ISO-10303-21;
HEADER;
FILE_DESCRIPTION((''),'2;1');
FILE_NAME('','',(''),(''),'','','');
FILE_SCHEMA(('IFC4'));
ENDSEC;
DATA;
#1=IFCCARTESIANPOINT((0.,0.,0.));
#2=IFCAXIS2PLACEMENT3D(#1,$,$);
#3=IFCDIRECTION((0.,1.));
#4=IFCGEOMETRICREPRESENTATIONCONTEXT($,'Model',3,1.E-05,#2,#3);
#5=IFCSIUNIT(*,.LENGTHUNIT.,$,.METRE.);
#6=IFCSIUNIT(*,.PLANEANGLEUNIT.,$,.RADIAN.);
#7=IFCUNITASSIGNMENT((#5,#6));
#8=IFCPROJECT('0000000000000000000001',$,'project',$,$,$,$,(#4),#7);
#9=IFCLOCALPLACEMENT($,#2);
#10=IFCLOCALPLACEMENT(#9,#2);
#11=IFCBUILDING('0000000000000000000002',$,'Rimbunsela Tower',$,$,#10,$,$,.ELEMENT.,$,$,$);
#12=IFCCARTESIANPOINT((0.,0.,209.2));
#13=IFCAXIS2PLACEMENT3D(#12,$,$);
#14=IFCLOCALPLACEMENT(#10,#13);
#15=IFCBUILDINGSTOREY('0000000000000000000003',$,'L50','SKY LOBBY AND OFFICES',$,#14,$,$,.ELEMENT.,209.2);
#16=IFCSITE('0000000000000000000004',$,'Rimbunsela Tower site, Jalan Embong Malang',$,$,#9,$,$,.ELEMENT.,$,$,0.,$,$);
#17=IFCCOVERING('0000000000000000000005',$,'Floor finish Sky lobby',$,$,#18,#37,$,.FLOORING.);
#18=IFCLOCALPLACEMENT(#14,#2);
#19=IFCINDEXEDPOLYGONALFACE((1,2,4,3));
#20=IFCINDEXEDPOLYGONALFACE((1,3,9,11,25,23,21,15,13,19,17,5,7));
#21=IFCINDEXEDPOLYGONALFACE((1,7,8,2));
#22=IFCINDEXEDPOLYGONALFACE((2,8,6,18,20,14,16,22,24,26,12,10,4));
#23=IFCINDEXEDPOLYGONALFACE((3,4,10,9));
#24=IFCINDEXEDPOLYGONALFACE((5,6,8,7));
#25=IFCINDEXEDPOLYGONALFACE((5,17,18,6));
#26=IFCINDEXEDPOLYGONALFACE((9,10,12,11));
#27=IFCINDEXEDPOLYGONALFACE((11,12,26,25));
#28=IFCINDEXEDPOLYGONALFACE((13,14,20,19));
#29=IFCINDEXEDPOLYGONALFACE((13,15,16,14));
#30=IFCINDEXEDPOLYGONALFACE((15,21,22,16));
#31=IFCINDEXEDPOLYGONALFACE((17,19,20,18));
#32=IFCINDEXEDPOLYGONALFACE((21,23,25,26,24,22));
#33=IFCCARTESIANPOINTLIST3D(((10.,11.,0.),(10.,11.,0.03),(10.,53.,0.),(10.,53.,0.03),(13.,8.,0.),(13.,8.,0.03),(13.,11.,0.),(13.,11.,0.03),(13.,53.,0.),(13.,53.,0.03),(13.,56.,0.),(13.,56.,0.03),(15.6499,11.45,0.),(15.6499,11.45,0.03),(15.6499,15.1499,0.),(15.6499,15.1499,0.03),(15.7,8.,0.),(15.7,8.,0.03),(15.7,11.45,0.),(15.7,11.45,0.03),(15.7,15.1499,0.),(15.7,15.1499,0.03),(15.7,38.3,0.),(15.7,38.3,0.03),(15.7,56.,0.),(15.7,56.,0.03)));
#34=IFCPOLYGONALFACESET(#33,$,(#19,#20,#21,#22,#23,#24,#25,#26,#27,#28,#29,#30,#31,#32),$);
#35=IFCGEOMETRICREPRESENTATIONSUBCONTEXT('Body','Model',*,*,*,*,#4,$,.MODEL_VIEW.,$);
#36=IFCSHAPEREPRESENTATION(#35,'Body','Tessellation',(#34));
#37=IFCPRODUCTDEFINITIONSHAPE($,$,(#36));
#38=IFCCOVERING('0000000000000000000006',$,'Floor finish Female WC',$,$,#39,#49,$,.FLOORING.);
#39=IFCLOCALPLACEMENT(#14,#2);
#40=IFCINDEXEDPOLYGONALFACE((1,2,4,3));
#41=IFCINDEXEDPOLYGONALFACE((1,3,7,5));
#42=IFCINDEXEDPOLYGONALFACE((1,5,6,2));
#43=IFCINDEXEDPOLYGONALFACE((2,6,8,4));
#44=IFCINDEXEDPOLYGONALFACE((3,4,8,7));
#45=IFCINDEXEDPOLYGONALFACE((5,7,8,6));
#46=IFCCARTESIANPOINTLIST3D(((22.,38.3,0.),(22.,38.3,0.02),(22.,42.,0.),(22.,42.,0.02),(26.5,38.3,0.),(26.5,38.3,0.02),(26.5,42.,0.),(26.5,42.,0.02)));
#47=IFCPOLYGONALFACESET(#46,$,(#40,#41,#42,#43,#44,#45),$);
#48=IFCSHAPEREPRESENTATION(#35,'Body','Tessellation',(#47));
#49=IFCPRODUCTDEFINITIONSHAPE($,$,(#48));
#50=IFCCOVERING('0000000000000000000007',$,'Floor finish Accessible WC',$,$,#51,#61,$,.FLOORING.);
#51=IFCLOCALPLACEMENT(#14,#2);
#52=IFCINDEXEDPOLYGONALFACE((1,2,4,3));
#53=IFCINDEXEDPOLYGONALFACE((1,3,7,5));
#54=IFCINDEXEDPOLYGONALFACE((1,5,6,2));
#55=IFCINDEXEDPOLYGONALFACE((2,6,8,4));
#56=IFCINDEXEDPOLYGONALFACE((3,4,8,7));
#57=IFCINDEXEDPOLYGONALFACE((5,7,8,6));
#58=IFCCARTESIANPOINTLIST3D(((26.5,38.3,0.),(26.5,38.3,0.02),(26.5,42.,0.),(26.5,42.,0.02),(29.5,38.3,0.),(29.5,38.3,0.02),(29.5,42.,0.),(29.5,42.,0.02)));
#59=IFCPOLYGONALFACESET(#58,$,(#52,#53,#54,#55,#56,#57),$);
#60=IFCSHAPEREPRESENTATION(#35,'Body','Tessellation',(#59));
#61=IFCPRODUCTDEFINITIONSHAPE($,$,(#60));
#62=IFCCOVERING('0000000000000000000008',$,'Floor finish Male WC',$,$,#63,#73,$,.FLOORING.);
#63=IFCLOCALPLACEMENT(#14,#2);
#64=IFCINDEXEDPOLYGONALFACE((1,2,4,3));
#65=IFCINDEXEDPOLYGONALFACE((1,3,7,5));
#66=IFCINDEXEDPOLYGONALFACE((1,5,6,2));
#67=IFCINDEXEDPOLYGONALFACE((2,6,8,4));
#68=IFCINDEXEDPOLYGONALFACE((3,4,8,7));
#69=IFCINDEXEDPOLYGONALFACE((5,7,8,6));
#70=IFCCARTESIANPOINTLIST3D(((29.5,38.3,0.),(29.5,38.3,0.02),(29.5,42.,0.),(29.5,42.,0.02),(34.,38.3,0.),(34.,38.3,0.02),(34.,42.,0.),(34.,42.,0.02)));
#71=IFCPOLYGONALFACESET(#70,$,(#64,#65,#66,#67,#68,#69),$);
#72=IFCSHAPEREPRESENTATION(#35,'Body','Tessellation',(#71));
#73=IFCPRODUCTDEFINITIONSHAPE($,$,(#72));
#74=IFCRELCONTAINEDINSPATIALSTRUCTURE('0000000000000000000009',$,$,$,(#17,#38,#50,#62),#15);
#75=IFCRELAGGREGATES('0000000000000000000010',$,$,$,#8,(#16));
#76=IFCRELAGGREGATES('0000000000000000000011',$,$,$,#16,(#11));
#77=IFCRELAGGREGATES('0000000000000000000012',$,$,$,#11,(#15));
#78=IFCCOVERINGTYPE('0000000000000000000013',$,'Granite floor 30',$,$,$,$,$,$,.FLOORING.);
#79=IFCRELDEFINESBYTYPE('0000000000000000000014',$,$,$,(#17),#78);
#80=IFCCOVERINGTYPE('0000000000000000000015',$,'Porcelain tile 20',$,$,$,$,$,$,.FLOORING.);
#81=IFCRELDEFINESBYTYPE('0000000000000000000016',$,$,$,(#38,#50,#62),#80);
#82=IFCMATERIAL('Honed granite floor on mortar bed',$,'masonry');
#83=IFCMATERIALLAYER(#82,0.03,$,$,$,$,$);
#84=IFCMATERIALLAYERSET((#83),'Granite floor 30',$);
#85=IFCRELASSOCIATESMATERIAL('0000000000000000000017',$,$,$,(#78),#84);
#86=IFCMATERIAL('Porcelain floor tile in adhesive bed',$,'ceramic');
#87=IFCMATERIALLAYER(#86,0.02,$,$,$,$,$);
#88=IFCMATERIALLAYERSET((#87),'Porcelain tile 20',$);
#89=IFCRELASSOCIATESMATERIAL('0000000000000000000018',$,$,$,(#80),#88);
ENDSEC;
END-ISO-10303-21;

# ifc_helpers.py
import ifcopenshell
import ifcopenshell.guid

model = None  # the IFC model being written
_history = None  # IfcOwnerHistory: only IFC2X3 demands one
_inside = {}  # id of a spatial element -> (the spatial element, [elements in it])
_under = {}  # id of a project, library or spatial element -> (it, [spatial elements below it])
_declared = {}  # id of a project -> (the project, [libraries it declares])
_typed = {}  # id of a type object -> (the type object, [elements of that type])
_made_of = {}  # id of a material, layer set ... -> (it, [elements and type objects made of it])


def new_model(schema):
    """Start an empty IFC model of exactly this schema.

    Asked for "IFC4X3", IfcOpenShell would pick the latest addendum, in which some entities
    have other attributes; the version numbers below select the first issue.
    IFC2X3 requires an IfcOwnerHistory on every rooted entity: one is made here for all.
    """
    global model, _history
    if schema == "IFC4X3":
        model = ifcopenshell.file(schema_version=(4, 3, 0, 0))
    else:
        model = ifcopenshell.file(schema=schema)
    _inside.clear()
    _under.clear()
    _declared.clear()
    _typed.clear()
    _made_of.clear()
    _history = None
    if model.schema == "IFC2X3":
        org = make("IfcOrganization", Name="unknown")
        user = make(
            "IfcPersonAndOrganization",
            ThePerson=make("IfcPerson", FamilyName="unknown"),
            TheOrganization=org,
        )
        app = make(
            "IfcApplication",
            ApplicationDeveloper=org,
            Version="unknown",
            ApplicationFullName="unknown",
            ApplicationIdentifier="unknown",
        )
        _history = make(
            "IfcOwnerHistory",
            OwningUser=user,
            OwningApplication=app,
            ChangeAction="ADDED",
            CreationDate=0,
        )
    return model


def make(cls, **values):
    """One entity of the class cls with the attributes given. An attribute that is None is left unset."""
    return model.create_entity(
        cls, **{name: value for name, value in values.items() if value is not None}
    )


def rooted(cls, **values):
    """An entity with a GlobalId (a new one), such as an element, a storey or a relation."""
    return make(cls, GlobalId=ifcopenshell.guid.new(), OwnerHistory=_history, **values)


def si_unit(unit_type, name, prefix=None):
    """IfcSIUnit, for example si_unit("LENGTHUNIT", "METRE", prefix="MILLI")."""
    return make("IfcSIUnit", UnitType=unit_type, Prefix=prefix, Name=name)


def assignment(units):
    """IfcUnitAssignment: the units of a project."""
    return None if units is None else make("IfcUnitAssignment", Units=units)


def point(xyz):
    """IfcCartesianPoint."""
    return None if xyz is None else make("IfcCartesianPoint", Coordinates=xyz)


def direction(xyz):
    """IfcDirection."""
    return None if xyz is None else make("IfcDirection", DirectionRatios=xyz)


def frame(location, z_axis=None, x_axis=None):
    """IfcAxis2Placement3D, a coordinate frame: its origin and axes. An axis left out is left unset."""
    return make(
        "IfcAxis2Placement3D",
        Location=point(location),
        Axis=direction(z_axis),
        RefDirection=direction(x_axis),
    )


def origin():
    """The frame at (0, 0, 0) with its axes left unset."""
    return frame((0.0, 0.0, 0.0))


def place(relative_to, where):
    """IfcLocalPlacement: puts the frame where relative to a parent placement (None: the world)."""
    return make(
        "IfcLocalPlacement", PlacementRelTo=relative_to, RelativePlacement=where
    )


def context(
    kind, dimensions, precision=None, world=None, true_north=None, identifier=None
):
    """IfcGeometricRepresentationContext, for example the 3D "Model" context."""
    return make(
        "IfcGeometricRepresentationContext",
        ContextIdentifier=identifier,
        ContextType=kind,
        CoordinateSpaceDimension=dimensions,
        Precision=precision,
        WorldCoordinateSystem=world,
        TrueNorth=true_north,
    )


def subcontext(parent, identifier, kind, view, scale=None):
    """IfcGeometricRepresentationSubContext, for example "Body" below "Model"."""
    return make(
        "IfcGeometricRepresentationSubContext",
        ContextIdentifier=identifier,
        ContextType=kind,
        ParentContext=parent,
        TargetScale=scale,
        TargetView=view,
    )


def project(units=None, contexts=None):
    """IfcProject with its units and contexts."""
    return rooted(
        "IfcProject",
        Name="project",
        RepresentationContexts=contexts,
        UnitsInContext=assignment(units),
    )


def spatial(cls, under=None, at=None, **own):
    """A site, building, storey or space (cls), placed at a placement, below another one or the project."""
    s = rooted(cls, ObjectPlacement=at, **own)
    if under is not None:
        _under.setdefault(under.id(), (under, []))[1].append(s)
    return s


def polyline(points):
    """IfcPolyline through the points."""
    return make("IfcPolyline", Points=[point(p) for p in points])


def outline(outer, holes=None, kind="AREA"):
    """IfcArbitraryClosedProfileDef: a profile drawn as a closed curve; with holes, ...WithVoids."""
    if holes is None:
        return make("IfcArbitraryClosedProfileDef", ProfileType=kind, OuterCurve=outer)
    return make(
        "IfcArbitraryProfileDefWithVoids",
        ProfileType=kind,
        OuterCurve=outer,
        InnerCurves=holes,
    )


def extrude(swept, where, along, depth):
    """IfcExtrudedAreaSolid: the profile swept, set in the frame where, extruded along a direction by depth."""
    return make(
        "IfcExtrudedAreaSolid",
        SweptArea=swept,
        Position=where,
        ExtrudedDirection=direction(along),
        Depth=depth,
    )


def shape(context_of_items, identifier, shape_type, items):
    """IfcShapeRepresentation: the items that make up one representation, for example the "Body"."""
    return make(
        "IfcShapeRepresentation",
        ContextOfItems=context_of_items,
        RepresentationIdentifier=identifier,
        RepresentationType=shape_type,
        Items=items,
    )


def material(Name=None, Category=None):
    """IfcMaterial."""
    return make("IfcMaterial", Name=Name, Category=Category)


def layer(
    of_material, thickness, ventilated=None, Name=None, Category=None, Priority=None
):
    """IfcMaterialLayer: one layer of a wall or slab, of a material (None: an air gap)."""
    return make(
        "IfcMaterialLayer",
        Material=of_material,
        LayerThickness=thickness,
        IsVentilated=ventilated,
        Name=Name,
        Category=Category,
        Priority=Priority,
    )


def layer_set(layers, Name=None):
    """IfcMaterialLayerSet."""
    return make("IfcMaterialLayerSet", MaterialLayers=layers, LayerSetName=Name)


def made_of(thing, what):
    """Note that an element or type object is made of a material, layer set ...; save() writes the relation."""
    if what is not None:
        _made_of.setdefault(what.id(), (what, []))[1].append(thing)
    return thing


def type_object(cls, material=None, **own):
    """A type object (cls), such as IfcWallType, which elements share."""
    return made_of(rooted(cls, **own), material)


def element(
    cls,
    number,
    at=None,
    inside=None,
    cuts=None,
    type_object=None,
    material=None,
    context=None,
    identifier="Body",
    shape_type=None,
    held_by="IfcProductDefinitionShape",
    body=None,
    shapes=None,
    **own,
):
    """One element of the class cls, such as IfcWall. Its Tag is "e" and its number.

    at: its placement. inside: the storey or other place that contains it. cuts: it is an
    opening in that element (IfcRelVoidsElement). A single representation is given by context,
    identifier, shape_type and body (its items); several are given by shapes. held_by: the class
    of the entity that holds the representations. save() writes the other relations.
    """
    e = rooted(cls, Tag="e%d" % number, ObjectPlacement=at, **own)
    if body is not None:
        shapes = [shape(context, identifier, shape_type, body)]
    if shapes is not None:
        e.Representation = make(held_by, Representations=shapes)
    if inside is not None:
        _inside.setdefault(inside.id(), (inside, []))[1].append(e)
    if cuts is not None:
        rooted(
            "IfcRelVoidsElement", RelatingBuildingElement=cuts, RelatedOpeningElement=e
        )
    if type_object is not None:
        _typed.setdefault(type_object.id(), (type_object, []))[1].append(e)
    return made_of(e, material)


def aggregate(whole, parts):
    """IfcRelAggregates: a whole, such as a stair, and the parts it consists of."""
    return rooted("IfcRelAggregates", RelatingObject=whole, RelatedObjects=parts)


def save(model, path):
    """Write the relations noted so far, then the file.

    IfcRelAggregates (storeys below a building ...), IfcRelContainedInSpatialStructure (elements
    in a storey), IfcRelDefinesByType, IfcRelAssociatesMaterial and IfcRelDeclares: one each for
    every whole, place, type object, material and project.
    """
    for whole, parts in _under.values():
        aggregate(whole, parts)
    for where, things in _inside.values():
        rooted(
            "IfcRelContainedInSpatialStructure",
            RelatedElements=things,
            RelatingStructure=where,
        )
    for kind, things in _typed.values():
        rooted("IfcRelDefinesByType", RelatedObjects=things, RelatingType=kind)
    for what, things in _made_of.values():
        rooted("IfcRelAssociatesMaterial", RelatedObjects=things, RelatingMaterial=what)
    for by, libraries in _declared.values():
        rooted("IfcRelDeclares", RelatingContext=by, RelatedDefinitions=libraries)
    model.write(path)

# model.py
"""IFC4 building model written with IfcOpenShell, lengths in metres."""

from ifc_helpers import new_model, si_unit, direction, frame, origin, place, context, subcontext, project, spatial, polyline, outline, extrude, material, layer, layer_set, type_object, element, save


model = new_model("IFC4")

# Units and contexts
model_context = context("Model", 3, precision=1e-05, world=origin(), true_north=direction((0.0, 1.0)))
body_context = subcontext(model_context, "Body", "Model", "MODEL_VIEW")
ifc_project = project(units=[si_unit("LENGTHUNIT", "METRE"), si_unit("PLANEANGLEUNIT", "RADIAN")], contexts=[model_context])

# Site, building, storey
site_placement = place(None, origin())
site = spatial("IfcSite", under=ifc_project, at=site_placement, Name="Rimbunsela Tower site, Jalan Embong Malang", CompositionType="ELEMENT", RefElevation=0.0)
building_placement = place(site_placement, origin())
building = spatial("IfcBuilding", under=site, at=building_placement, Name="Rimbunsela Tower", CompositionType="ELEMENT")
storey_placement = place(building_placement, frame((0.0, 0.0, 209.2)))
storey = spatial("IfcBuildingStorey", under=building, at=storey_placement, Name="L50", Description="SKY LOBBY AND OFFICES", CompositionType="ELEMENT", Elevation=209.2)

# Coverings
ifc_material_1 = material(Name="Honed granite floor on mortar bed", Category="masonry")
ifc_layer_1 = layer(ifc_material_1, 0.03)
ifc_layer_set_1 = layer_set([ifc_layer_1], Name="Granite floor 30")
covering_type_1 = type_object("IfcCoveringType", Name="Granite floor 30", PredefinedType="FLOORING", material=ifc_layer_set_1)
covering_1_placement = place(storey_placement, origin())
element("IfcCovering", 1, at=covering_1_placement, inside=storey, type_object=covering_type_1, Name="Floor finish Sky lobby", PredefinedType="FLOORING", context=body_context, shape_type="SweptSolid", body=[
    extrude(outline(polyline([(15.7, 56.0), (15.7, 38.3), (15.7, 15.1499), (15.6499, 15.1499), (15.6499, 11.45), (15.7, 11.45), (15.7, 8.0), (13.0, 8.0), (13.0, 11.0), (10.0, 11.0), (10.0, 53.0), (13.0, 53.0), (13.0, 56.0), (15.7, 56.0)])), origin(), (0.0, 0.0, 1.0), 0.03),
])
ifc_material_2 = material(Name="Porcelain floor tile in adhesive bed", Category="ceramic")
ifc_layer_2 = layer(ifc_material_2, 0.02)
ifc_layer_set_2 = layer_set([ifc_layer_2], Name="Porcelain tile 20")
covering_type_2 = type_object("IfcCoveringType", Name="Porcelain tile 20", PredefinedType="FLOORING", material=ifc_layer_set_2)
covering_2_placement = place(storey_placement, origin())
element("IfcCovering", 2, at=covering_2_placement, inside=storey, type_object=covering_type_2, Name="Floor finish Female WC", PredefinedType="FLOORING", context=body_context, shape_type="SweptSolid", body=[
    extrude(outline(polyline([(26.5, 38.3), (26.5, 42.0), (22.0, 42.0), (22.0, 38.3), (26.5, 38.3)])), origin(), (0.0, 0.0, 1.0), 0.02),
])
covering_3_placement = place(storey_placement, origin())
element("IfcCovering", 3, at=covering_3_placement, inside=storey, type_object=covering_type_2, Name="Floor finish Accessible WC", PredefinedType="FLOORING", context=body_context, shape_type="SweptSolid", body=[
    extrude(outline(polyline([(29.5, 38.3), (29.5, 42.0), (26.5, 42.0), (26.5, 38.3), (29.5, 38.3)])), origin(), (0.0, 0.0, 1.0), 0.02),
])
covering_4_placement = place(storey_placement, origin())
element("IfcCovering", 4, at=covering_4_placement, inside=storey, type_object=covering_type_2, Name="Floor finish Male WC", PredefinedType="FLOORING", context=body_context, shape_type="SweptSolid", body=[
    extrude(outline(polyline([(34.0, 38.3), (34.0, 42.0), (29.5, 42.0), (29.5, 38.3), (34.0, 38.3)])), origin(), (0.0, 0.0, 1.0), 0.02),
])

save(model, "model.ifc")
